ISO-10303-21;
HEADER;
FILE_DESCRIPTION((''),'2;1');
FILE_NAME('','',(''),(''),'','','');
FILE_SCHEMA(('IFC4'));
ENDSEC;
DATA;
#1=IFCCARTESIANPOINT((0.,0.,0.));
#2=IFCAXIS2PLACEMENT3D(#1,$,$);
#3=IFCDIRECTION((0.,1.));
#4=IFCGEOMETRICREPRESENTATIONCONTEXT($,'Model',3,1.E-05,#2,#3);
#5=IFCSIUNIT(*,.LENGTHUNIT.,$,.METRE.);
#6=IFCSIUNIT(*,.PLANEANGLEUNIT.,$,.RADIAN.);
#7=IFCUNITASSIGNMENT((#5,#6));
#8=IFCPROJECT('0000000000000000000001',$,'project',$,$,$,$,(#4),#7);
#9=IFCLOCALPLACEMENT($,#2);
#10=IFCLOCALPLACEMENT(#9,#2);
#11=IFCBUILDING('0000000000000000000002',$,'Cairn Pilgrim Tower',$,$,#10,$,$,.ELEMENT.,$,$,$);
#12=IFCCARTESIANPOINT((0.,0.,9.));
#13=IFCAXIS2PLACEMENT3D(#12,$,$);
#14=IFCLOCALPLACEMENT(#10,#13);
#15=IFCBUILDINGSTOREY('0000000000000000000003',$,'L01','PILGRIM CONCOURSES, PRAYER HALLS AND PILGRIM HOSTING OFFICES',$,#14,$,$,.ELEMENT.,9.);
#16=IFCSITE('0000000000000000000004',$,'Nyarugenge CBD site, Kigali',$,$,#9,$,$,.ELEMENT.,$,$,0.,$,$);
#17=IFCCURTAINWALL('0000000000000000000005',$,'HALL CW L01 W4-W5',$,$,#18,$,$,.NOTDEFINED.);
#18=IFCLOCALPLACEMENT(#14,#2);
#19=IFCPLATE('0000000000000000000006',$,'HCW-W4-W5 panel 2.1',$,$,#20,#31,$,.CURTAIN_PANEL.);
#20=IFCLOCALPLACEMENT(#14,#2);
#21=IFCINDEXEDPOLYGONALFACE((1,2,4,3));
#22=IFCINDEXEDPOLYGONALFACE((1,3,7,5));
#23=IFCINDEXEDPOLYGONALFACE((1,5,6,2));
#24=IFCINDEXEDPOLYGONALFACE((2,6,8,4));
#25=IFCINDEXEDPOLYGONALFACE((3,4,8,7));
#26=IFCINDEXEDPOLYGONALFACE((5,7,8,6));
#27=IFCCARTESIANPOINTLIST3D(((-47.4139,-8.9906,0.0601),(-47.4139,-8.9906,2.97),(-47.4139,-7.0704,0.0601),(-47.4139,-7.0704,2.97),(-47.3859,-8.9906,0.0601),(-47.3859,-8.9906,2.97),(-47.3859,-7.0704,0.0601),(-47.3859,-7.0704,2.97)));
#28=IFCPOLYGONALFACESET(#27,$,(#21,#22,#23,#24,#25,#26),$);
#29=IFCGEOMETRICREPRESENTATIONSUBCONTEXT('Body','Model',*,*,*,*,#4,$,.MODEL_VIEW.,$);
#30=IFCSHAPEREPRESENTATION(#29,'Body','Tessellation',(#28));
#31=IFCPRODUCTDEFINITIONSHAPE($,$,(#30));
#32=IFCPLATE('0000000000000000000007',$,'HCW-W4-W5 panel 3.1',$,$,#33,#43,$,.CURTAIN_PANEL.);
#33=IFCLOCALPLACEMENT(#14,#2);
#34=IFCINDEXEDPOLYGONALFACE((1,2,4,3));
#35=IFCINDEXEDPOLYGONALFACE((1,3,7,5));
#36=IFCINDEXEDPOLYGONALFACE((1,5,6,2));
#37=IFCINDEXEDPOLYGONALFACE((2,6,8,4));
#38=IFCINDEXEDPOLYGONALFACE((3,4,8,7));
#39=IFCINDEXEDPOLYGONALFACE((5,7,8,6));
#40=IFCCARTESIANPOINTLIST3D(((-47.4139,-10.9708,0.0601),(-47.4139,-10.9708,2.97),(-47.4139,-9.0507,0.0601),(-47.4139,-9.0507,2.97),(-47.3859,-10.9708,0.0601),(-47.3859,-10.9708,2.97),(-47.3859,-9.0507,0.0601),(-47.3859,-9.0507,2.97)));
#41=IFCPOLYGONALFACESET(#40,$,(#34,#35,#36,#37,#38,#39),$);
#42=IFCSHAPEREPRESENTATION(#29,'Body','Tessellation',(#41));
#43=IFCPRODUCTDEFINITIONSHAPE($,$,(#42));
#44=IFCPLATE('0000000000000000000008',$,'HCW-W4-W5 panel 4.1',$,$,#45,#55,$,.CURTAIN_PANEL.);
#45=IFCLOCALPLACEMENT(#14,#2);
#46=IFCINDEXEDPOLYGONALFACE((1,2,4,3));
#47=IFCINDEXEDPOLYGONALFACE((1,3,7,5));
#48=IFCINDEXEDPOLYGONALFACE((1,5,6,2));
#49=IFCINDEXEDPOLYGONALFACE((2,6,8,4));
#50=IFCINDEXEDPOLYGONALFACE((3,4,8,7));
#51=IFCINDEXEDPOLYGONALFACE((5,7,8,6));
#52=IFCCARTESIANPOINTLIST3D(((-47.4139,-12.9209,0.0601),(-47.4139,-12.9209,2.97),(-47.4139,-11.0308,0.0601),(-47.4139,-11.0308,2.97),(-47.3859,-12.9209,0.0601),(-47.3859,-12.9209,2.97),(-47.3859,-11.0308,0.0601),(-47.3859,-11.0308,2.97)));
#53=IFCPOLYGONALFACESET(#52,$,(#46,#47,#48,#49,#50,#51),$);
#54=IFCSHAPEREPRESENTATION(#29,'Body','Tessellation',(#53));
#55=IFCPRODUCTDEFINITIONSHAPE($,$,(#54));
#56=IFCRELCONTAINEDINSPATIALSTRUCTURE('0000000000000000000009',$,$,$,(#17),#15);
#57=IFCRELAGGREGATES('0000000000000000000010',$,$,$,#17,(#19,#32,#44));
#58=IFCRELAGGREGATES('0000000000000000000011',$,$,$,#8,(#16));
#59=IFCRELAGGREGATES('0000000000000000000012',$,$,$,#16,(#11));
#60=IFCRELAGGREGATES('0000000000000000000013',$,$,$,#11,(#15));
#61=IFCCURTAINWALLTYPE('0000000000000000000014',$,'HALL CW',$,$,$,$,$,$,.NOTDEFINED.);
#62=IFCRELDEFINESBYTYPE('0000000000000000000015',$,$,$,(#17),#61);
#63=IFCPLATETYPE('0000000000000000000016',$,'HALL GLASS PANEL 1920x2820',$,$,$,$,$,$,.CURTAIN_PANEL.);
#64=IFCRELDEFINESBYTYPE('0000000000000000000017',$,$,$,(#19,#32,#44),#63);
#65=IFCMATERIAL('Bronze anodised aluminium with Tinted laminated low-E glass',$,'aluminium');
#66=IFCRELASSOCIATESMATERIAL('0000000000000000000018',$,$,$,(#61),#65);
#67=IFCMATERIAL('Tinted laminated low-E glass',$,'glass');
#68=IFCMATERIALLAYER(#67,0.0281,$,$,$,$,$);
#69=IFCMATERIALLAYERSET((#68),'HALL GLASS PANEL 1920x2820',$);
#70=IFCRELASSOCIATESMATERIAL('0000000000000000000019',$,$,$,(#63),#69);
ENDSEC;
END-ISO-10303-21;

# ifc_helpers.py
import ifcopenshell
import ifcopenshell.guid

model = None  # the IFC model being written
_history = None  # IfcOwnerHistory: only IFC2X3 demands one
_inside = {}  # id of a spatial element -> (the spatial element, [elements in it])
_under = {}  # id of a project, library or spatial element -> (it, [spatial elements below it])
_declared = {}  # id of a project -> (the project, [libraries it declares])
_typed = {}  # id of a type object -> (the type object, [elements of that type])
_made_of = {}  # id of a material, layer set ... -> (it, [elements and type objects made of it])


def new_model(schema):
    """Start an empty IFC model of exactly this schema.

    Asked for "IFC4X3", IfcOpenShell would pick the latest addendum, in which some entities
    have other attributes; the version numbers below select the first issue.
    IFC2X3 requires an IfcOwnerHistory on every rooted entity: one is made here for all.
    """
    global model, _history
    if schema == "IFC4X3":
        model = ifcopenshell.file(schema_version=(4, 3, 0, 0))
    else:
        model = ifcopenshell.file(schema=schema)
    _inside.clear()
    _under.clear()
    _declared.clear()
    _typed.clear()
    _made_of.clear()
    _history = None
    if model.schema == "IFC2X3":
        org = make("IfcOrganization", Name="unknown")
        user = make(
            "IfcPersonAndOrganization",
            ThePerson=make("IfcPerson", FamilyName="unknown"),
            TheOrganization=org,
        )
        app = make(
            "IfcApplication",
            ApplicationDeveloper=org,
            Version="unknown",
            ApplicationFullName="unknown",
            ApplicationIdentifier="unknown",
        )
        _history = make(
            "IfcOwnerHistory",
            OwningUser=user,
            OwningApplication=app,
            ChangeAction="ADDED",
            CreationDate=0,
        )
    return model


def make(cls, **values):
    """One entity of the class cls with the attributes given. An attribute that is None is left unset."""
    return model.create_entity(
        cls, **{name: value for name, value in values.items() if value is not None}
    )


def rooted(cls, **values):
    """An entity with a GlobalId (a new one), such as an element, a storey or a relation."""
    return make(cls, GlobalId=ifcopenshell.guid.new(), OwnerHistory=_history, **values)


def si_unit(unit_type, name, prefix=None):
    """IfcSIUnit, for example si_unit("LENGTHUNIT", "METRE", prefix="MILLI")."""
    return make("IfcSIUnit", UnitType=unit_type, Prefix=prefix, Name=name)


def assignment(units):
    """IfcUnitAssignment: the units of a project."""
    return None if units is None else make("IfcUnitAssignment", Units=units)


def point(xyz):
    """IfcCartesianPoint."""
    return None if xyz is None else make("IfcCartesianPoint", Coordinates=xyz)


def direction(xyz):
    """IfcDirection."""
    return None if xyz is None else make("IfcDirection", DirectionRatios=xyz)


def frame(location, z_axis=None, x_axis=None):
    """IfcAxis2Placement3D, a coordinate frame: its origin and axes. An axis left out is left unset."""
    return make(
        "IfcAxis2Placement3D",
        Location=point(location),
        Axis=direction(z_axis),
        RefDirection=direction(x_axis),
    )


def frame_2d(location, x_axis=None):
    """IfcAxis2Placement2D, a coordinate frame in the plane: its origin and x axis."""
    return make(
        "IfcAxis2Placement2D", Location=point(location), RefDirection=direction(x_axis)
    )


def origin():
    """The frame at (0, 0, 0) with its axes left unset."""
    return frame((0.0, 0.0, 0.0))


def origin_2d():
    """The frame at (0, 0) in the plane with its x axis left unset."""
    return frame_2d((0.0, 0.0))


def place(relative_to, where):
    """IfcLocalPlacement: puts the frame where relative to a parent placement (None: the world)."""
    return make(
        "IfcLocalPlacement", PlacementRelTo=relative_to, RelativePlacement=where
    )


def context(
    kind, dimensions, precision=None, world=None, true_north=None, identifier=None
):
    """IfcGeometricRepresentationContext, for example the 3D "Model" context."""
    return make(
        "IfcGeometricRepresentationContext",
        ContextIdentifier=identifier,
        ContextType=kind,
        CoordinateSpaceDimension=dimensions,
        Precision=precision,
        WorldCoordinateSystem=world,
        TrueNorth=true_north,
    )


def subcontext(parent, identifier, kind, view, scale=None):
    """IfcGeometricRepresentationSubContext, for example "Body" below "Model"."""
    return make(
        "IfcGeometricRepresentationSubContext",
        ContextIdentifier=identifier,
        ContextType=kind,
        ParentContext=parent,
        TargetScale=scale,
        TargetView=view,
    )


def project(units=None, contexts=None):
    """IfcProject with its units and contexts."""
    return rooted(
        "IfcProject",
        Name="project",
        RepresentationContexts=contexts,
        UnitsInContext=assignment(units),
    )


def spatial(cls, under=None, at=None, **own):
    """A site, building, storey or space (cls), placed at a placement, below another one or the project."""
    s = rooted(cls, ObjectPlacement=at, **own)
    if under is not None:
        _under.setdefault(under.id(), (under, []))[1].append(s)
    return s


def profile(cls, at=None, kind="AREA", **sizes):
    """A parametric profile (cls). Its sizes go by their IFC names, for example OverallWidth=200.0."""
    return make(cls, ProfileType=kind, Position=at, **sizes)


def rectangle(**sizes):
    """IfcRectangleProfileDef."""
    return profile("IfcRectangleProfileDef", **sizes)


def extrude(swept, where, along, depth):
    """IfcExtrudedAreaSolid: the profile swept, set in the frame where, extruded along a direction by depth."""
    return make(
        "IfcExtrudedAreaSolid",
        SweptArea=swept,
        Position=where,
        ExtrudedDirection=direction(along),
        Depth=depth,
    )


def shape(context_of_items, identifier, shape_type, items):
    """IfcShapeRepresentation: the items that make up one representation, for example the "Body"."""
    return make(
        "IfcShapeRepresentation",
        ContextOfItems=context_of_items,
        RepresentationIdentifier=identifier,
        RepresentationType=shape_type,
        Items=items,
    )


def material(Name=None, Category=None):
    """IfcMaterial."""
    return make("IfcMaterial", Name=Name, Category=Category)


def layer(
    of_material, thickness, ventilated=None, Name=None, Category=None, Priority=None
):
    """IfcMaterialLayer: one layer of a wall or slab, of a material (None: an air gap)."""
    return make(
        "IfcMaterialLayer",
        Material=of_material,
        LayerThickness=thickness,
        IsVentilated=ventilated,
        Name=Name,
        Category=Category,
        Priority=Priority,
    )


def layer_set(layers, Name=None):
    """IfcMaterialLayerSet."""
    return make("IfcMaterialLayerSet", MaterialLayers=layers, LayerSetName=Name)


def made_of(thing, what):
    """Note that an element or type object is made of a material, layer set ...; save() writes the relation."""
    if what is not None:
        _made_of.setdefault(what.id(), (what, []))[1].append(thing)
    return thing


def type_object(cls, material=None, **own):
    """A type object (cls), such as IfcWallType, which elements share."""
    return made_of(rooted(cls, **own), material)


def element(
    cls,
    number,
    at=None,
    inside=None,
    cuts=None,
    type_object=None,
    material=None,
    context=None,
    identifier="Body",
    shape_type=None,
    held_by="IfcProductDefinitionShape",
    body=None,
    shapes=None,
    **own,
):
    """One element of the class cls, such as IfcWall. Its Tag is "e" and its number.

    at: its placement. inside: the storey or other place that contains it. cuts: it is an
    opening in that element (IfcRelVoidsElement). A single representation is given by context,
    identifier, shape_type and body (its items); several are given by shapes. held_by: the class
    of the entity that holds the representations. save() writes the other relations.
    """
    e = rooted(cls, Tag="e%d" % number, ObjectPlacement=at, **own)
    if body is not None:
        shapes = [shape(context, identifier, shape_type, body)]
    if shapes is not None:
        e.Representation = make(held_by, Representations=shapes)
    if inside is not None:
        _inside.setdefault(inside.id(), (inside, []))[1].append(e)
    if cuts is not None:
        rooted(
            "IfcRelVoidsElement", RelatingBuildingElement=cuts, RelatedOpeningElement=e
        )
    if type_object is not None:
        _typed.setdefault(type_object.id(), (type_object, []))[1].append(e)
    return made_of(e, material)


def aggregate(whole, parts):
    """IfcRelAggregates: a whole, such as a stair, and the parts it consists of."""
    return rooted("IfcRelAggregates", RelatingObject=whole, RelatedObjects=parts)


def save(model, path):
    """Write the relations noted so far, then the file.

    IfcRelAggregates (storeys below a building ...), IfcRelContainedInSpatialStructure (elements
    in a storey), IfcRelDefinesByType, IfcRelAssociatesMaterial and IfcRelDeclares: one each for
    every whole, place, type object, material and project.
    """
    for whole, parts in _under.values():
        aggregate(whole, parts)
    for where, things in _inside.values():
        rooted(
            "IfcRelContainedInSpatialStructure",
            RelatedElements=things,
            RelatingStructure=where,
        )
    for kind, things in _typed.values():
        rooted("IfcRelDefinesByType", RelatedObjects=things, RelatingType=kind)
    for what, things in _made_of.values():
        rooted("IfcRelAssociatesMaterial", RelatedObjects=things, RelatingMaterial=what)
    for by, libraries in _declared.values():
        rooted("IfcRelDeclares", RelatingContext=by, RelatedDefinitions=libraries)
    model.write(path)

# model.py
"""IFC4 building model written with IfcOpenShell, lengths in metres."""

from ifc_helpers import new_model, si_unit, direction, frame, origin, origin_2d, place, context, subcontext, project, spatial, rectangle, extrude, material, layer, layer_set, type_object, element, aggregate, save


model = new_model("IFC4")

# Units and contexts
model_context = context("Model", 3, precision=1e-05, world=origin(), true_north=direction((0.0, 1.0)))
body_context = subcontext(model_context, "Body", "Model", "MODEL_VIEW")
ifc_project = project(units=[si_unit("LENGTHUNIT", "METRE"), si_unit("PLANEANGLEUNIT", "RADIAN")], contexts=[model_context])

# Site, building, storey
site_placement = place(None, origin())
site = spatial("IfcSite", under=ifc_project, at=site_placement, Name="Nyarugenge CBD site, Kigali", CompositionType="ELEMENT", RefElevation=0.0)
building_placement = place(site_placement, origin())
building = spatial("IfcBuilding", under=site, at=building_placement, Name="Cairn Pilgrim Tower", CompositionType="ELEMENT")
storey_placement = place(building_placement, frame((0.0, 0.0, 9.0)))
storey = spatial("IfcBuildingStorey", under=building, at=storey_placement, Name="L01", Description="PILGRIM CONCOURSES, PRAYER HALLS AND PILGRIM HOSTING OFFICES", CompositionType="ELEMENT", Elevation=9.0)

# Curtain wall
ifc_material_1 = material(Name="Bronze anodised aluminium with Tinted laminated low-E glass", Category="aluminium")
curtain_wall_type = type_object("IfcCurtainWallType", Name="HALL CW", PredefinedType="NOTDEFINED", material=ifc_material_1)
curtain_wall_1_placement = place(storey_placement, origin())
curtain_wall_1 = element("IfcCurtainWall", 1, at=curtain_wall_1_placement, inside=storey, type_object=curtain_wall_type, Name="HALL CW L01 W4-W5", PredefinedType="NOTDEFINED")

# Plates
ifc_material_2 = material(Name="Tinted laminated low-E glass", Category="glass")
ifc_layer_1 = layer(ifc_material_2, 0.0281)
ifc_layer_set_1 = layer_set([ifc_layer_1], Name="HALL GLASS PANEL 1920x2820")
plate_type_1 = type_object("IfcPlateType", Name="HALL GLASS PANEL 1920x2820", PredefinedType="CURTAIN_PANEL", material=ifc_layer_set_1)
plate_1_placement = place(storey_placement, frame((-47.3999, -8.0305, 0.0601), z_axis=(0.0, 0.0, 1.0), x_axis=(0.0, -1.0, 0.0)))
plate_1 = element("IfcPlate", 2, at=plate_1_placement, type_object=plate_type_1, Name="HCW-W4-W5 panel 2.1", PredefinedType="CURTAIN_PANEL", context=body_context, shape_type="SweptSolid", body=[
    extrude(rectangle(XDim=1.9202, YDim=0.0281, at=origin_2d()), origin(), (0.0, 0.0, 1.0), 2.9099),
])
plate_2_placement = place(storey_placement, frame((-47.3999, -10.0107, 0.0601), z_axis=(0.0, 0.0, 1.0), x_axis=(0.0, -1.0, 0.0)))
plate_2 = element("IfcPlate", 3, at=plate_2_placement, type_object=plate_type_1, Name="HCW-W4-W5 panel 3.1", PredefinedType="CURTAIN_PANEL", context=body_context, shape_type="SweptSolid", body=[
    extrude(rectangle(XDim=1.9202, YDim=0.0281, at=origin_2d()), origin(), (0.0, 0.0, 1.0), 2.9099),
])
plate_3_placement = place(storey_placement, frame((-47.3999, -11.9758, 0.0601), z_axis=(0.0, 0.0, 1.0), x_axis=(0.0, -1.0, 0.0)))
plate_3 = element("IfcPlate", 4, at=plate_3_placement, type_object=plate_type_1, Name="HCW-W4-W5 panel 4.1", PredefinedType="CURTAIN_PANEL", context=body_context, shape_type="SweptSolid", body=[
    extrude(rectangle(XDim=1.8901, YDim=0.0281, at=origin_2d()), origin(), (0.0, 0.0, 1.0), 2.9099),
])
aggregate(curtain_wall_1, [plate_1, plate_2, plate_3])

save(model, "model.ifc")
